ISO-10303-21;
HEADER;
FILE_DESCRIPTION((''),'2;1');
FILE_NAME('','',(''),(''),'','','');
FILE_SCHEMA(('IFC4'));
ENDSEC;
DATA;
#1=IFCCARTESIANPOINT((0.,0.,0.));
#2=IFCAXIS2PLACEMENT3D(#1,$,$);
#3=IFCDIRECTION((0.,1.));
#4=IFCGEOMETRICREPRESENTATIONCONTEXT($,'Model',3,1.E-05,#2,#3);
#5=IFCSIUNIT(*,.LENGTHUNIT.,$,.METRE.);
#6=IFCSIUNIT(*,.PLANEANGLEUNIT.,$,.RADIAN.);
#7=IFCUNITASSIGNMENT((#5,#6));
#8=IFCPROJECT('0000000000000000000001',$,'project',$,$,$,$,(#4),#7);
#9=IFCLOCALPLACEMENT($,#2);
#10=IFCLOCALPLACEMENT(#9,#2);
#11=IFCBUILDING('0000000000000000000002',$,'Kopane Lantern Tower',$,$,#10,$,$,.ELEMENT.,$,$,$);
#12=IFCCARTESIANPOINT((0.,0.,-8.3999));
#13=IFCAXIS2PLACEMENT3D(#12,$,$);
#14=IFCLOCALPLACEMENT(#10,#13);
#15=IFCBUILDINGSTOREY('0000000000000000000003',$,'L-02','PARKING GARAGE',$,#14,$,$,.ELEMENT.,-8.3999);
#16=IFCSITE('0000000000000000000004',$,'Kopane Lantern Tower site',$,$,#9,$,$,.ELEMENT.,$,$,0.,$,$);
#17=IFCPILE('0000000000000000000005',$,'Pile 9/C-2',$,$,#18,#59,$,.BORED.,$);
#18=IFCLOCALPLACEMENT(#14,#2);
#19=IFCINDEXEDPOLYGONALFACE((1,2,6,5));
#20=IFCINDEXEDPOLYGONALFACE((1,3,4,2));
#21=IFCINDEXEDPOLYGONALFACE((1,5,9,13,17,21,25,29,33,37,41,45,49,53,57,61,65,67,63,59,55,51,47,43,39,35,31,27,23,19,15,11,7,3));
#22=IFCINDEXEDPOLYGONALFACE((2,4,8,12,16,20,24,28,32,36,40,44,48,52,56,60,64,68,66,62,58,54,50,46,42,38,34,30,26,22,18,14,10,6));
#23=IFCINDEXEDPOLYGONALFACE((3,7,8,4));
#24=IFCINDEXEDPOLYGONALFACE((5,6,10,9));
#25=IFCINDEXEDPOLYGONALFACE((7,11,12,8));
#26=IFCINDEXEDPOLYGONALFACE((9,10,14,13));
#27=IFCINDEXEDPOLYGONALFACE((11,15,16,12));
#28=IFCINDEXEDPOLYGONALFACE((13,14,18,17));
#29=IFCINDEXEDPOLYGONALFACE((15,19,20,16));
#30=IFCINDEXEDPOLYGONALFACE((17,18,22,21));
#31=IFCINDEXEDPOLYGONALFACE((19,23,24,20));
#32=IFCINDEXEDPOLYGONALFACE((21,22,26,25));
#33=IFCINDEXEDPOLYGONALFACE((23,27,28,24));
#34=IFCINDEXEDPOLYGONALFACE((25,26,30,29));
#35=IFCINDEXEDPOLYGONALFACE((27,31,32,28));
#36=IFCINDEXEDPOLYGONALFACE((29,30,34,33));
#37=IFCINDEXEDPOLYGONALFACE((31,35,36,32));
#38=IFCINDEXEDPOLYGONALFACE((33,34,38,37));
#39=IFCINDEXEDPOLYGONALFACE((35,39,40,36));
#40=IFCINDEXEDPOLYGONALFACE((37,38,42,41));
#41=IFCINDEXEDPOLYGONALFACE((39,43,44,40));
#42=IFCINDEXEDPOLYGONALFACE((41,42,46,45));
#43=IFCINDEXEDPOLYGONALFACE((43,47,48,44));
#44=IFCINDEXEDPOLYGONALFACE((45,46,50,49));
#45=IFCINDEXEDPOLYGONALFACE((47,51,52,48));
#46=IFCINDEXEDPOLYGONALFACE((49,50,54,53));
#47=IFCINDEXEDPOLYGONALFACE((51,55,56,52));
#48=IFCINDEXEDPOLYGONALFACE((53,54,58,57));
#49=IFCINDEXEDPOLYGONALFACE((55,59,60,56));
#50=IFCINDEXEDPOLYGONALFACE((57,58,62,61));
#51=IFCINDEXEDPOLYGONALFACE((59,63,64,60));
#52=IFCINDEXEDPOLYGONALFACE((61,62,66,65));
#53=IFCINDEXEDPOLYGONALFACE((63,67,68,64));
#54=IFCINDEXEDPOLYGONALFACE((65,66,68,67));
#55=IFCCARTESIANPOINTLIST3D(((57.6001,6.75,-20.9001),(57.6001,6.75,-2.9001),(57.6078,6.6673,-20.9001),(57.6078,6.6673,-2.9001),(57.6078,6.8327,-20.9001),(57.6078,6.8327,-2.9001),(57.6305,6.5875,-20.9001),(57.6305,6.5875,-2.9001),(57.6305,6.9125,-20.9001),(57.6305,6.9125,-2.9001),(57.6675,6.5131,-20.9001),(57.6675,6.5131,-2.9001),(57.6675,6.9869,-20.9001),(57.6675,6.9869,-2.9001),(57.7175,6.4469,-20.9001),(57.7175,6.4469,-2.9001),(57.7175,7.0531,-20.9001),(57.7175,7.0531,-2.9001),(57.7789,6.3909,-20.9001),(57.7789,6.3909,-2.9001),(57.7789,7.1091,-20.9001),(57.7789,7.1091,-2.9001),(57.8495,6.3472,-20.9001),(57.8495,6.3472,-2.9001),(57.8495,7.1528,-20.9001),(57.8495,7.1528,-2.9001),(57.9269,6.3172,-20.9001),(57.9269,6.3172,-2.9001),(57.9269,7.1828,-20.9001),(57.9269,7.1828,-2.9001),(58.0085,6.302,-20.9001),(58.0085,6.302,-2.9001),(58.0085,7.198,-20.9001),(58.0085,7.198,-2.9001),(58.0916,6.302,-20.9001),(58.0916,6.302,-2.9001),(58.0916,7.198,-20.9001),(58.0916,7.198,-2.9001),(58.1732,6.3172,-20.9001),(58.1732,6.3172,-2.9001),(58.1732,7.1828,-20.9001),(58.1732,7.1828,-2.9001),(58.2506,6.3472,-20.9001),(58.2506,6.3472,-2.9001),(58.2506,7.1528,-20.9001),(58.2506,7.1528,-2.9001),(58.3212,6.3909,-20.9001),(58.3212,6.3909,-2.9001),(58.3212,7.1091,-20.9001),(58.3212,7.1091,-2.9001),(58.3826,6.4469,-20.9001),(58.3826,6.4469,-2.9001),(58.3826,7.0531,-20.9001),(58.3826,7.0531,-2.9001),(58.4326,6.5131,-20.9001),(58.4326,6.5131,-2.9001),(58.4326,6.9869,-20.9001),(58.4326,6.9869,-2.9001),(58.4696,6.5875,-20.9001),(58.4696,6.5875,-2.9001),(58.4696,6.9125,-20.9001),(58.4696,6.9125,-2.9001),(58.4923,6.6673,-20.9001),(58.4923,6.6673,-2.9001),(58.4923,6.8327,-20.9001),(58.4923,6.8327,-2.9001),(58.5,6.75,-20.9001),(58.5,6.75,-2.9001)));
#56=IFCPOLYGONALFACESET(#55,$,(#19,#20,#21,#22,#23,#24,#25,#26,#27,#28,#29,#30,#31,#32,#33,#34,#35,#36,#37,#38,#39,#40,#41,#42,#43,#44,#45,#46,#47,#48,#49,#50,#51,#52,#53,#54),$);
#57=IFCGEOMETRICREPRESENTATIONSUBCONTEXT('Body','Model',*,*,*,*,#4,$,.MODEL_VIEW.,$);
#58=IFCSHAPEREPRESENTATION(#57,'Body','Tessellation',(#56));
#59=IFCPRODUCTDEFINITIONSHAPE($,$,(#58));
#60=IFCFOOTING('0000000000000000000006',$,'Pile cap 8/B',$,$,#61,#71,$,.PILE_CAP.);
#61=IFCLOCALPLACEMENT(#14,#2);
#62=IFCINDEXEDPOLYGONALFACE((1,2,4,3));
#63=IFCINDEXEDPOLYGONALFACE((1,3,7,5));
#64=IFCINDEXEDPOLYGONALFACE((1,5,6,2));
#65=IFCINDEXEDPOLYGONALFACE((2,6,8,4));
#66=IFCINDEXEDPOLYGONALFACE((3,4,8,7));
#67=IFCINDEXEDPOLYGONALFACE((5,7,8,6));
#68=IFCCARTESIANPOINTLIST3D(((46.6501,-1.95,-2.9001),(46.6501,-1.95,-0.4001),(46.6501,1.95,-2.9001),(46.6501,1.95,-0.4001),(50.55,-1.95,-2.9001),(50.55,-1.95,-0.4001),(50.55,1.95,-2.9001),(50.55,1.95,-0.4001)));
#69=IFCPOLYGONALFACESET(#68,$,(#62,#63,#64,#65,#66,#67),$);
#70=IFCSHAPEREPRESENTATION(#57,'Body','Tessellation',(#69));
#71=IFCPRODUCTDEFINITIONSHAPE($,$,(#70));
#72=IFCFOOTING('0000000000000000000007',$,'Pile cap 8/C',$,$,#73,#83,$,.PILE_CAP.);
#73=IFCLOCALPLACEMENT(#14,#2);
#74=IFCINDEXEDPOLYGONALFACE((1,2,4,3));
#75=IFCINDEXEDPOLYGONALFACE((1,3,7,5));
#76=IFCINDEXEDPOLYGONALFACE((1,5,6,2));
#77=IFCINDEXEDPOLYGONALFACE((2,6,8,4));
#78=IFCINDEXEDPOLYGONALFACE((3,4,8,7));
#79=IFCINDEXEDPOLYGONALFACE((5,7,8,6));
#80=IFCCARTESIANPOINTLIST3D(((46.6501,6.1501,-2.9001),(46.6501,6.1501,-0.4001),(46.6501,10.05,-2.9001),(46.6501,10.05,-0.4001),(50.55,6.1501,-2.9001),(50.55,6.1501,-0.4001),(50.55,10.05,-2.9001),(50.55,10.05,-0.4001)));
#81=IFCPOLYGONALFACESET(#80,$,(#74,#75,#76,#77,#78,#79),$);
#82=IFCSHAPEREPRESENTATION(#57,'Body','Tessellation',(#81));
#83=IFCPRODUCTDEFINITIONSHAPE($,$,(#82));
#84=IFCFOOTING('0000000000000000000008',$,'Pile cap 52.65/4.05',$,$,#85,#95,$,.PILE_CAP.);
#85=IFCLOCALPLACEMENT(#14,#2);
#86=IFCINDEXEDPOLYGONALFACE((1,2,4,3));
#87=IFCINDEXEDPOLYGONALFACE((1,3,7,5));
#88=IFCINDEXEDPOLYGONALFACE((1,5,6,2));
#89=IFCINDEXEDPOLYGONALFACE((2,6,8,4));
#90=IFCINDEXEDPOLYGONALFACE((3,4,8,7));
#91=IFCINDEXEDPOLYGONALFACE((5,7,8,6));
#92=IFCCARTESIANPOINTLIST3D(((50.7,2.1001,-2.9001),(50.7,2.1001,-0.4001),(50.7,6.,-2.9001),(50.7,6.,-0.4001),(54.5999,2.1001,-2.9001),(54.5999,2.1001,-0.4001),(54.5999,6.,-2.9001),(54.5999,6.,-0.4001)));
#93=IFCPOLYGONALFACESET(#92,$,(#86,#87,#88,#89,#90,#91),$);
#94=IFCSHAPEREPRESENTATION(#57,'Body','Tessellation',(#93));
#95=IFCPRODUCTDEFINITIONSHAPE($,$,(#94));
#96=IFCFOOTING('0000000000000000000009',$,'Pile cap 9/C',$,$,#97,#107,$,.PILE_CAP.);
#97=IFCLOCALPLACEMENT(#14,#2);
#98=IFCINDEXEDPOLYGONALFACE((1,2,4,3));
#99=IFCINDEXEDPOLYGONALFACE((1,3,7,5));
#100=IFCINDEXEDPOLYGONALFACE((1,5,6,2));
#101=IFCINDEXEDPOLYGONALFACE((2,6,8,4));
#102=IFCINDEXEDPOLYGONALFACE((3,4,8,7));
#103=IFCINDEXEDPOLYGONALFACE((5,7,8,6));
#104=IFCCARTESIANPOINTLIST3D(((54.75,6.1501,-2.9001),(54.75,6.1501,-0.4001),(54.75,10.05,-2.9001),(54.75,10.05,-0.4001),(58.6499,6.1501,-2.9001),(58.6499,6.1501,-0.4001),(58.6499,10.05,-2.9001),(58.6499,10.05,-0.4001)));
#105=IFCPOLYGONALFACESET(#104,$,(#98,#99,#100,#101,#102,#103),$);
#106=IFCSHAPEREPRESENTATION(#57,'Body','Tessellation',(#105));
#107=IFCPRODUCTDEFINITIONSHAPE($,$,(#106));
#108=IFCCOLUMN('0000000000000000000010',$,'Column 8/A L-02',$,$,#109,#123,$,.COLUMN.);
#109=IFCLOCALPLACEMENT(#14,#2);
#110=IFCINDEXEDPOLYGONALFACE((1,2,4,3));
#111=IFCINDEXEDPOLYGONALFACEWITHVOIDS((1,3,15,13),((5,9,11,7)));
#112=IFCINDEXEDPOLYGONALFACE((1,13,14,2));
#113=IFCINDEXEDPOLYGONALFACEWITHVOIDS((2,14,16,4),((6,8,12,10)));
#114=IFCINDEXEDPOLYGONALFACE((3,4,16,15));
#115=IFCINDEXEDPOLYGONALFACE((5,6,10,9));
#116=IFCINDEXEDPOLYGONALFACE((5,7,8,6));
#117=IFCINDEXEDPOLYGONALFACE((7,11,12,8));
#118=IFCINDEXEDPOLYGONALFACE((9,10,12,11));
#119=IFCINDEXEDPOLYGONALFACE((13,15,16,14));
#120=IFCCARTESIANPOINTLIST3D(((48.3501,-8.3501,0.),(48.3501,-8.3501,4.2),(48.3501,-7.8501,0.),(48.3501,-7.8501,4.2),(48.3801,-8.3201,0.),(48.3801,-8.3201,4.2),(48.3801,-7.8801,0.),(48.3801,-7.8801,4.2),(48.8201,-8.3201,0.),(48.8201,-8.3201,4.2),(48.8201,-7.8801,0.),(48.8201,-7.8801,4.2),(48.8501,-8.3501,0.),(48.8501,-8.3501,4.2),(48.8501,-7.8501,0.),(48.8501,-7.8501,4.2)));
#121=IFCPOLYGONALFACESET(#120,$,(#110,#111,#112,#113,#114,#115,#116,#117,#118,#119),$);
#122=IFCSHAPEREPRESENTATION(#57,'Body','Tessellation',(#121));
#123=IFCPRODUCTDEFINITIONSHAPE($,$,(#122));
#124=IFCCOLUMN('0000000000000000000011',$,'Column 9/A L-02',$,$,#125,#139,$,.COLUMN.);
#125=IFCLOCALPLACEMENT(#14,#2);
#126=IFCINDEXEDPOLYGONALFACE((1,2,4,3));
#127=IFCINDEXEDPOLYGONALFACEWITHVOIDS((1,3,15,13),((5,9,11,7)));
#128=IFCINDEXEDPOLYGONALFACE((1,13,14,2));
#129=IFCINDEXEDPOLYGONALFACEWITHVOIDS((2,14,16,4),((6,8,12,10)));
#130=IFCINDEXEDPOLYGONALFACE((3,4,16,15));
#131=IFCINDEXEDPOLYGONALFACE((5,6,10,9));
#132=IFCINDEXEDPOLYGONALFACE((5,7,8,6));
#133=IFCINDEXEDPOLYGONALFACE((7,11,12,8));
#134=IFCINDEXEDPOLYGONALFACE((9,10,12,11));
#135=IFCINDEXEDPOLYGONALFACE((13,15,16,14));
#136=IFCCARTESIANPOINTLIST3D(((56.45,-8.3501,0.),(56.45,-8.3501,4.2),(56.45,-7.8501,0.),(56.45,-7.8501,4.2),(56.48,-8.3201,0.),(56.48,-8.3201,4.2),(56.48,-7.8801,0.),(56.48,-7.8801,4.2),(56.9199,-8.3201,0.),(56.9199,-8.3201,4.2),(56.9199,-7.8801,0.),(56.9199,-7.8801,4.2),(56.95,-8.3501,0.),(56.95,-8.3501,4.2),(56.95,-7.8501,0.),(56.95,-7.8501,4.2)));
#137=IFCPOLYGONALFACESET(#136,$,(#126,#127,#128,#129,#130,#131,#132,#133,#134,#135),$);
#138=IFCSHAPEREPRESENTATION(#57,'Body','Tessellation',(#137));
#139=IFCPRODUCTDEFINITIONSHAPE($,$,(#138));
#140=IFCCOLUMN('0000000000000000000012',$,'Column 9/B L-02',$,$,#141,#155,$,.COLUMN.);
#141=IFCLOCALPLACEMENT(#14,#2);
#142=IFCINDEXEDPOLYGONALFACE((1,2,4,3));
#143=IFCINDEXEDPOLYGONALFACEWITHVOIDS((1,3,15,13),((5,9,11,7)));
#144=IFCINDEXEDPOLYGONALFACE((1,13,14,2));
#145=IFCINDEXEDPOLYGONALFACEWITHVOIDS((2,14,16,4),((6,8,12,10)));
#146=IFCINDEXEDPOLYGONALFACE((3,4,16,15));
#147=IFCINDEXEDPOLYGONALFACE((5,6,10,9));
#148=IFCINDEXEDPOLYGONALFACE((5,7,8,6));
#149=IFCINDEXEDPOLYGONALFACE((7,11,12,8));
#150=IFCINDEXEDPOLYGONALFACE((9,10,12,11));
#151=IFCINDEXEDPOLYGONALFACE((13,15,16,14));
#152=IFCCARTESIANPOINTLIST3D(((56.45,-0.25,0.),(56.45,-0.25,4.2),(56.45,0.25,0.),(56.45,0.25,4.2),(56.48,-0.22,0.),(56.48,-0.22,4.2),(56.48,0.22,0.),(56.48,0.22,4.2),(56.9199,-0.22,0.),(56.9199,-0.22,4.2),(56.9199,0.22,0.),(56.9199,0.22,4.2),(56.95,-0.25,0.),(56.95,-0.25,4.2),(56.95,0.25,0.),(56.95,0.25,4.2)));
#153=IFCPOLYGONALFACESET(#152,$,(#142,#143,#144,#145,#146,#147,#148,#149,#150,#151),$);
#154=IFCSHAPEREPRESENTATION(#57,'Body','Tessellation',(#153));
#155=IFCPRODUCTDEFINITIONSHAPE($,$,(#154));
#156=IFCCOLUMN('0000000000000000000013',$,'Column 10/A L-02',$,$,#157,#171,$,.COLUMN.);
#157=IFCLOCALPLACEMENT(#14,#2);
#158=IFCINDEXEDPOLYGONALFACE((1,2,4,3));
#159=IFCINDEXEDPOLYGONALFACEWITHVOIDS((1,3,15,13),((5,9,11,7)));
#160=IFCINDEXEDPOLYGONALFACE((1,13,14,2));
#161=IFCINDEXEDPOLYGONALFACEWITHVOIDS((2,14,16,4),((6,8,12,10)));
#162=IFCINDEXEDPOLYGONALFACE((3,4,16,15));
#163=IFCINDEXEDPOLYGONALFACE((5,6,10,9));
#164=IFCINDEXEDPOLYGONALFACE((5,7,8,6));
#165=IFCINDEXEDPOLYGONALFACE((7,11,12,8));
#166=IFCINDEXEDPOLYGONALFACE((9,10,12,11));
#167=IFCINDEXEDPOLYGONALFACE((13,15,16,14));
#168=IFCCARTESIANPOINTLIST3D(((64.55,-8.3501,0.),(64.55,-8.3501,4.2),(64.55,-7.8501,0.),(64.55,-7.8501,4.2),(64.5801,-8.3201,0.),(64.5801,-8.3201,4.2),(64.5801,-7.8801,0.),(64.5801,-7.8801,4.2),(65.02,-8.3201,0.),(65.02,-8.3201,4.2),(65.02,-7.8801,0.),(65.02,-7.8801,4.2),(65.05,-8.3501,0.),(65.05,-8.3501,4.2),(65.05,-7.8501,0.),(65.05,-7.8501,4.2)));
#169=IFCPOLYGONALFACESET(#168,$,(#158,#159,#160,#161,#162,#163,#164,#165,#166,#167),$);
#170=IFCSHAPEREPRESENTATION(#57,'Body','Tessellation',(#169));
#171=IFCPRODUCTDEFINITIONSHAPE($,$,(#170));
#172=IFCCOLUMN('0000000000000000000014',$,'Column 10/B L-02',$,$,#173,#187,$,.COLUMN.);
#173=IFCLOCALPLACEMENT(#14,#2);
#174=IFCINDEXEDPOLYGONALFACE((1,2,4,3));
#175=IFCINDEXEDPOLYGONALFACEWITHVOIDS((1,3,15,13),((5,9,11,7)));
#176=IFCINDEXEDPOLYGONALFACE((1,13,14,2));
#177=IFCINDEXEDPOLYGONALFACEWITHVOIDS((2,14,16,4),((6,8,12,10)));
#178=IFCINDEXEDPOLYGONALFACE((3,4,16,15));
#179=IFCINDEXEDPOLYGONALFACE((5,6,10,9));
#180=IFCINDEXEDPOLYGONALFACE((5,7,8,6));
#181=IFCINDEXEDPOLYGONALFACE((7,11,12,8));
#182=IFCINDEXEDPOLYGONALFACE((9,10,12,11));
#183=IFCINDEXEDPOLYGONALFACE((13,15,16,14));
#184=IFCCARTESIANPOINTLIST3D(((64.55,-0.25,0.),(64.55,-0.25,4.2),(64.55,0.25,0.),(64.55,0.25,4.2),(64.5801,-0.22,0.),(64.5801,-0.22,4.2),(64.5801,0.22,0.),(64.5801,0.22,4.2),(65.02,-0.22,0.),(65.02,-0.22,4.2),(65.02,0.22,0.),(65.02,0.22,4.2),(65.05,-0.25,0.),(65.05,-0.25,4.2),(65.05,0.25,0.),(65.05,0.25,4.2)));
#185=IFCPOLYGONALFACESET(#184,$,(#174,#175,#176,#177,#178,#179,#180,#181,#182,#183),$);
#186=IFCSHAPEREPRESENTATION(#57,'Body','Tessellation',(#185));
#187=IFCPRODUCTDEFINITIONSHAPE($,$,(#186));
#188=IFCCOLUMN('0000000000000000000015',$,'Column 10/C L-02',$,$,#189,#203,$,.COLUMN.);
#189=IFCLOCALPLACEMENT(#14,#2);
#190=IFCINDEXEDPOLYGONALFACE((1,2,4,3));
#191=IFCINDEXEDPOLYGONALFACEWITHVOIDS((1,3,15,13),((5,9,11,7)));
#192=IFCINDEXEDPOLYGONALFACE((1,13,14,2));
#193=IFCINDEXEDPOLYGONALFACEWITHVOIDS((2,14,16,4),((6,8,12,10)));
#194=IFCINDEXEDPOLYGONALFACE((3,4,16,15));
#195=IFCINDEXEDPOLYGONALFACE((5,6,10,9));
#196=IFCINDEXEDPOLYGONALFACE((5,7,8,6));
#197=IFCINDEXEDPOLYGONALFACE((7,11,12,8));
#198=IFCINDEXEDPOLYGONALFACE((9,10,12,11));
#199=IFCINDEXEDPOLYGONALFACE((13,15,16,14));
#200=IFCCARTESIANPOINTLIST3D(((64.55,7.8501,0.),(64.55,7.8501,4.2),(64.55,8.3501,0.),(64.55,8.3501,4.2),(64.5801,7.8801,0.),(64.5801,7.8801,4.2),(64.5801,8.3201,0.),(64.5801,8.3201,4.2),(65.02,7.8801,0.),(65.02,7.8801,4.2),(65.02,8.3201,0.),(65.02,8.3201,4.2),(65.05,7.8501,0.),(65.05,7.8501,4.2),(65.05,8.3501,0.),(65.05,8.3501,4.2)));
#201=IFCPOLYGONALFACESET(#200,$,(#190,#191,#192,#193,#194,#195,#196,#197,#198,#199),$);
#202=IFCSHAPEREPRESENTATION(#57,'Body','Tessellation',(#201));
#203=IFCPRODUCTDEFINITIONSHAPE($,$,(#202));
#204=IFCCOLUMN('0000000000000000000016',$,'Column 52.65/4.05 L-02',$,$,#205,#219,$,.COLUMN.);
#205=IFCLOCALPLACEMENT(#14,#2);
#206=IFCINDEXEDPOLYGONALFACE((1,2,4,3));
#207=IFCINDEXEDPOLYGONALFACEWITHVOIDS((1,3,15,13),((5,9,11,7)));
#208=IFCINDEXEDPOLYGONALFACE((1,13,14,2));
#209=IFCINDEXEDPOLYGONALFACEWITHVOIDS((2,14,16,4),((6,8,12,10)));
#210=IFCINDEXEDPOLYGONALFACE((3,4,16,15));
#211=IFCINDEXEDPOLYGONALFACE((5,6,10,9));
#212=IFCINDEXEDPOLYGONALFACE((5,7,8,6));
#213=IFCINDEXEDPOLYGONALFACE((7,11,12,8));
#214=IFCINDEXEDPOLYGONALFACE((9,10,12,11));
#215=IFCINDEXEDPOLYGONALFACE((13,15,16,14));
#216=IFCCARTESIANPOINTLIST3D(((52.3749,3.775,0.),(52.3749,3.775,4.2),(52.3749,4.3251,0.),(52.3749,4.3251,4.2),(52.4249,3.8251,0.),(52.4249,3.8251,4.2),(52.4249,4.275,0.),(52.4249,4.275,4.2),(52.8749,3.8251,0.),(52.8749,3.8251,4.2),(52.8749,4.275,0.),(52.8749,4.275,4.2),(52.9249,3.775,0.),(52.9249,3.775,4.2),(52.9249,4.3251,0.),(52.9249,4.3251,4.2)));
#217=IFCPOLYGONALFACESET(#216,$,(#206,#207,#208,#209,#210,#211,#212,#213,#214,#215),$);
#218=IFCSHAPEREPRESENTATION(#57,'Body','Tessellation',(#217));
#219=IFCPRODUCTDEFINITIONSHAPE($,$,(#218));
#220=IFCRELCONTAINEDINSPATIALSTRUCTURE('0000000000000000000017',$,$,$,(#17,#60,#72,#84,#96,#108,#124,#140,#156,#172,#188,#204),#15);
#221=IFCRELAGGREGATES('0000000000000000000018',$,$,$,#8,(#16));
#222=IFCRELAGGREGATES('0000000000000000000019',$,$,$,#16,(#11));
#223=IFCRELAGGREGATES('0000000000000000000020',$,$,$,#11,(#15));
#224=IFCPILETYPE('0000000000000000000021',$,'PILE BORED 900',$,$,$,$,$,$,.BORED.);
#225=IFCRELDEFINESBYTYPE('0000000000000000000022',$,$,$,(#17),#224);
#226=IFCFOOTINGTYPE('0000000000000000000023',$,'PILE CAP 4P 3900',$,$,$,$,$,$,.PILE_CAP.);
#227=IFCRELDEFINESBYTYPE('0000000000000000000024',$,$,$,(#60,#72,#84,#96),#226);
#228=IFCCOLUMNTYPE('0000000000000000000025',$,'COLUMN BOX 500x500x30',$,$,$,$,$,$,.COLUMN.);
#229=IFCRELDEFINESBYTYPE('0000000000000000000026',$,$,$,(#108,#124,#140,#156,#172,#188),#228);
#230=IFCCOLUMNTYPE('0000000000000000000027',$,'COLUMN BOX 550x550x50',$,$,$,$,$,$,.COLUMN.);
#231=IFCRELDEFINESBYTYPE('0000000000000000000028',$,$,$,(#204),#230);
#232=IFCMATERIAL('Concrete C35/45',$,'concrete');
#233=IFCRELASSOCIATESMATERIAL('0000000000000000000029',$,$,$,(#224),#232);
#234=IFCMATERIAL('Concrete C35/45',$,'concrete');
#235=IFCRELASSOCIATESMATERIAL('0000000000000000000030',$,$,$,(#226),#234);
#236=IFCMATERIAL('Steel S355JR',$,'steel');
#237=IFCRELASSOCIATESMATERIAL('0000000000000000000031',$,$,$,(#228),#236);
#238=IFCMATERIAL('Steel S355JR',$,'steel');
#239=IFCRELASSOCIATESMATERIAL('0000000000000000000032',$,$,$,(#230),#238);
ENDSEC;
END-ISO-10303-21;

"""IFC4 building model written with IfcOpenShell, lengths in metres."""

from ifc_helpers import new_model, si_unit, direction, frame, origin, origin_2d, place, context, subcontext, project, spatial, rectangle, hollow_rectangle, circle, extrude, material, material_profile, profile_set, type_object, element, save


model = new_model("IFC4")

# Units and contexts
model_context = context("Model", 3, precision=1e-05, world=origin(), true_north=direction((0.0, 1.0)))
body_context = subcontext(model_context, "Body", "Model", "MODEL_VIEW")
ifc_project = project(units=[si_unit("LENGTHUNIT", "METRE"), si_unit("PLANEANGLEUNIT", "RADIAN")], contexts=[model_context])

# Site, building, storey
site_placement = place(None, origin())
site = spatial("IfcSite", under=ifc_project, at=site_placement, Name="Kopane Lantern Tower site", CompositionType="ELEMENT", RefElevation=0.0)
building_placement = place(site_placement, origin())
building = spatial("IfcBuilding", under=site, at=building_placement, Name="Kopane Lantern Tower", CompositionType="ELEMENT")
storey_placement = place(building_placement, frame((0.0, 0.0, -8.3999)))
storey = spatial("IfcBuildingStorey", under=building, at=storey_placement, Name="L-02", Description="PARKING GARAGE", CompositionType="ELEMENT", Elevation=-8.3999)

# Pile
ifc_material_1 = material(Name="Concrete C35/45", Category="concrete")
ifc_material_profile_1 = material_profile(ifc_material_1, circle(Radius=0.45, at=origin_2d()), Name="D900")
ifc_profile_set_1 = profile_set([ifc_material_profile_1], Name="Concrete C35/45")
pile_type = type_object("IfcPileType", Name="PILE BORED 900", PredefinedType="BORED", material=ifc_profile_set_1)
for number, where, z_axis, x_axis, name in (
    (1, (58.05, 6.75, -2.9001), (0.0, 0.0, -1.0), (1.0, 0.0, 0.0), "Pile 9/C-2"),
):
    element("IfcPile", number, at=place(storey_placement, frame(where, z_axis=z_axis, x_axis=x_axis)), inside=storey, type_object=pile_type, Name=name, PredefinedType="BORED", context=body_context, shape_type="SweptSolid", body=[
        extrude(circle(Radius=0.45, at=origin_2d()), origin(), (0.0, 0.0, 1.0), 18.0),
    ])

# Footings
ifc_material_2 = material(Name="Concrete C35/45", Category="concrete")
footing_type_1 = type_object("IfcFootingType", Name="PILE CAP 4P 3900", PredefinedType="PILE_CAP", material=ifc_material_2)
for number, where, z_axis, x_axis, name in (
    (2, (48.6001, 0.0, -2.9001), (0.0, 0.0, 1.0), (1.0, 0.0, 0.0), "Pile cap 8/B"),
    (3, (48.6001, 8.1001, -2.9001), (0.0, 0.0, 1.0), (1.0, 0.0, 0.0), "Pile cap 8/C"),
    (4, (52.6499, 4.05, -2.9001), (0.0, 0.0, 1.0), (1.0, 0.0, 0.0), "Pile cap 52.65/4.05"),
    (5, (56.7, 8.1001, -2.9001), (0.0, 0.0, 1.0), (1.0, 0.0, 0.0), "Pile cap 9/C"),
):
    element("IfcFooting", number, at=place(storey_placement, frame(where, z_axis=z_axis, x_axis=x_axis)), inside=storey, type_object=footing_type_1, Name=name, PredefinedType="PILE_CAP", context=body_context, shape_type="SweptSolid", body=[
        extrude(rectangle(XDim=3.8999, YDim=3.8999, at=origin_2d()), origin(), (0.0, 0.0, 1.0), 2.5),
    ])

# Columns
ifc_material_3 = material(Name="Steel S355JR", Category="steel")
ifc_material_profile_2 = material_profile(ifc_material_3, hollow_rectangle(XDim=0.5, YDim=0.5, WallThickness=0.03, at=origin_2d()), Name="BOX 500x500x30")
ifc_profile_set_2 = profile_set([ifc_material_profile_2], Name="Steel S355JR")
column_type_1 = type_object("IfcColumnType", Name="COLUMN BOX 500x500x30", PredefinedType="COLUMN", material=ifc_profile_set_2)
for number, where, z_axis, x_axis, name in (
    (6, (48.6001, -8.1001, 0.0), (0.0, 0.0, 1.0), (1.0, 0.0, 0.0), "Column 8/A L-02"),
    (7, (56.7, -8.1001, 0.0), (0.0, 0.0, 1.0), (1.0, 0.0, 0.0), "Column 9/A L-02"),
    (8, (56.7, 0.0, 0.0), (0.0, 0.0, 1.0), (1.0, 0.0, 0.0), "Column 9/B L-02"),
    (9, (64.8, -8.1001, 0.0), (0.0, 0.0, 1.0), (1.0, 0.0, 0.0), "Column 10/A L-02"),
    (10, (64.8, 0.0, 0.0), (0.0, 0.0, 1.0), (1.0, 0.0, 0.0), "Column 10/B L-02"),
    (11, (64.8, 8.1001, 0.0), (0.0, 0.0, 1.0), (1.0, 0.0, 0.0), "Column 10/C L-02"),
):
    element("IfcColumn", number, at=place(storey_placement, frame(where, z_axis=z_axis, x_axis=x_axis)), inside=storey, type_object=column_type_1, Name=name, PredefinedType="COLUMN", context=body_context, shape_type="SweptSolid", body=[
        extrude(hollow_rectangle(XDim=0.5, YDim=0.5, WallThickness=0.03, at=origin_2d()), origin(), (0.0, 0.0, 1.0), 4.2),
    ])
ifc_material_4 = material(Name="Steel S355JR", Category="steel")
ifc_material_profile_3 = material_profile(ifc_material_4, hollow_rectangle(XDim=0.55, YDim=0.55, WallThickness=0.05, at=origin_2d()), Name="BOX 550x550x50")
ifc_profile_set_3 = profile_set([ifc_material_profile_3], Name="Steel S355JR")
column_type_2 = type_object("IfcColumnType", Name="COLUMN BOX 550x550x50", PredefinedType="COLUMN", material=ifc_profile_set_3)
column_1_placement = place(storey_placement, frame((52.6499, 4.05, 0.0), z_axis=(0.0, 0.0, 1.0), x_axis=(1.0, 0.0, 0.0)))
element("IfcColumn", 12, at=column_1_placement, inside=storey, type_object=column_type_2, Name="Column 52.65/4.05 L-02", PredefinedType="COLUMN", context=body_context, shape_type="SweptSolid", body=[
    extrude(hollow_rectangle(XDim=0.55, YDim=0.55, WallThickness=0.05, at=origin_2d()), origin(), (0.0, 0.0, 1.0), 4.2),
])

save(model, "model.ifc")
